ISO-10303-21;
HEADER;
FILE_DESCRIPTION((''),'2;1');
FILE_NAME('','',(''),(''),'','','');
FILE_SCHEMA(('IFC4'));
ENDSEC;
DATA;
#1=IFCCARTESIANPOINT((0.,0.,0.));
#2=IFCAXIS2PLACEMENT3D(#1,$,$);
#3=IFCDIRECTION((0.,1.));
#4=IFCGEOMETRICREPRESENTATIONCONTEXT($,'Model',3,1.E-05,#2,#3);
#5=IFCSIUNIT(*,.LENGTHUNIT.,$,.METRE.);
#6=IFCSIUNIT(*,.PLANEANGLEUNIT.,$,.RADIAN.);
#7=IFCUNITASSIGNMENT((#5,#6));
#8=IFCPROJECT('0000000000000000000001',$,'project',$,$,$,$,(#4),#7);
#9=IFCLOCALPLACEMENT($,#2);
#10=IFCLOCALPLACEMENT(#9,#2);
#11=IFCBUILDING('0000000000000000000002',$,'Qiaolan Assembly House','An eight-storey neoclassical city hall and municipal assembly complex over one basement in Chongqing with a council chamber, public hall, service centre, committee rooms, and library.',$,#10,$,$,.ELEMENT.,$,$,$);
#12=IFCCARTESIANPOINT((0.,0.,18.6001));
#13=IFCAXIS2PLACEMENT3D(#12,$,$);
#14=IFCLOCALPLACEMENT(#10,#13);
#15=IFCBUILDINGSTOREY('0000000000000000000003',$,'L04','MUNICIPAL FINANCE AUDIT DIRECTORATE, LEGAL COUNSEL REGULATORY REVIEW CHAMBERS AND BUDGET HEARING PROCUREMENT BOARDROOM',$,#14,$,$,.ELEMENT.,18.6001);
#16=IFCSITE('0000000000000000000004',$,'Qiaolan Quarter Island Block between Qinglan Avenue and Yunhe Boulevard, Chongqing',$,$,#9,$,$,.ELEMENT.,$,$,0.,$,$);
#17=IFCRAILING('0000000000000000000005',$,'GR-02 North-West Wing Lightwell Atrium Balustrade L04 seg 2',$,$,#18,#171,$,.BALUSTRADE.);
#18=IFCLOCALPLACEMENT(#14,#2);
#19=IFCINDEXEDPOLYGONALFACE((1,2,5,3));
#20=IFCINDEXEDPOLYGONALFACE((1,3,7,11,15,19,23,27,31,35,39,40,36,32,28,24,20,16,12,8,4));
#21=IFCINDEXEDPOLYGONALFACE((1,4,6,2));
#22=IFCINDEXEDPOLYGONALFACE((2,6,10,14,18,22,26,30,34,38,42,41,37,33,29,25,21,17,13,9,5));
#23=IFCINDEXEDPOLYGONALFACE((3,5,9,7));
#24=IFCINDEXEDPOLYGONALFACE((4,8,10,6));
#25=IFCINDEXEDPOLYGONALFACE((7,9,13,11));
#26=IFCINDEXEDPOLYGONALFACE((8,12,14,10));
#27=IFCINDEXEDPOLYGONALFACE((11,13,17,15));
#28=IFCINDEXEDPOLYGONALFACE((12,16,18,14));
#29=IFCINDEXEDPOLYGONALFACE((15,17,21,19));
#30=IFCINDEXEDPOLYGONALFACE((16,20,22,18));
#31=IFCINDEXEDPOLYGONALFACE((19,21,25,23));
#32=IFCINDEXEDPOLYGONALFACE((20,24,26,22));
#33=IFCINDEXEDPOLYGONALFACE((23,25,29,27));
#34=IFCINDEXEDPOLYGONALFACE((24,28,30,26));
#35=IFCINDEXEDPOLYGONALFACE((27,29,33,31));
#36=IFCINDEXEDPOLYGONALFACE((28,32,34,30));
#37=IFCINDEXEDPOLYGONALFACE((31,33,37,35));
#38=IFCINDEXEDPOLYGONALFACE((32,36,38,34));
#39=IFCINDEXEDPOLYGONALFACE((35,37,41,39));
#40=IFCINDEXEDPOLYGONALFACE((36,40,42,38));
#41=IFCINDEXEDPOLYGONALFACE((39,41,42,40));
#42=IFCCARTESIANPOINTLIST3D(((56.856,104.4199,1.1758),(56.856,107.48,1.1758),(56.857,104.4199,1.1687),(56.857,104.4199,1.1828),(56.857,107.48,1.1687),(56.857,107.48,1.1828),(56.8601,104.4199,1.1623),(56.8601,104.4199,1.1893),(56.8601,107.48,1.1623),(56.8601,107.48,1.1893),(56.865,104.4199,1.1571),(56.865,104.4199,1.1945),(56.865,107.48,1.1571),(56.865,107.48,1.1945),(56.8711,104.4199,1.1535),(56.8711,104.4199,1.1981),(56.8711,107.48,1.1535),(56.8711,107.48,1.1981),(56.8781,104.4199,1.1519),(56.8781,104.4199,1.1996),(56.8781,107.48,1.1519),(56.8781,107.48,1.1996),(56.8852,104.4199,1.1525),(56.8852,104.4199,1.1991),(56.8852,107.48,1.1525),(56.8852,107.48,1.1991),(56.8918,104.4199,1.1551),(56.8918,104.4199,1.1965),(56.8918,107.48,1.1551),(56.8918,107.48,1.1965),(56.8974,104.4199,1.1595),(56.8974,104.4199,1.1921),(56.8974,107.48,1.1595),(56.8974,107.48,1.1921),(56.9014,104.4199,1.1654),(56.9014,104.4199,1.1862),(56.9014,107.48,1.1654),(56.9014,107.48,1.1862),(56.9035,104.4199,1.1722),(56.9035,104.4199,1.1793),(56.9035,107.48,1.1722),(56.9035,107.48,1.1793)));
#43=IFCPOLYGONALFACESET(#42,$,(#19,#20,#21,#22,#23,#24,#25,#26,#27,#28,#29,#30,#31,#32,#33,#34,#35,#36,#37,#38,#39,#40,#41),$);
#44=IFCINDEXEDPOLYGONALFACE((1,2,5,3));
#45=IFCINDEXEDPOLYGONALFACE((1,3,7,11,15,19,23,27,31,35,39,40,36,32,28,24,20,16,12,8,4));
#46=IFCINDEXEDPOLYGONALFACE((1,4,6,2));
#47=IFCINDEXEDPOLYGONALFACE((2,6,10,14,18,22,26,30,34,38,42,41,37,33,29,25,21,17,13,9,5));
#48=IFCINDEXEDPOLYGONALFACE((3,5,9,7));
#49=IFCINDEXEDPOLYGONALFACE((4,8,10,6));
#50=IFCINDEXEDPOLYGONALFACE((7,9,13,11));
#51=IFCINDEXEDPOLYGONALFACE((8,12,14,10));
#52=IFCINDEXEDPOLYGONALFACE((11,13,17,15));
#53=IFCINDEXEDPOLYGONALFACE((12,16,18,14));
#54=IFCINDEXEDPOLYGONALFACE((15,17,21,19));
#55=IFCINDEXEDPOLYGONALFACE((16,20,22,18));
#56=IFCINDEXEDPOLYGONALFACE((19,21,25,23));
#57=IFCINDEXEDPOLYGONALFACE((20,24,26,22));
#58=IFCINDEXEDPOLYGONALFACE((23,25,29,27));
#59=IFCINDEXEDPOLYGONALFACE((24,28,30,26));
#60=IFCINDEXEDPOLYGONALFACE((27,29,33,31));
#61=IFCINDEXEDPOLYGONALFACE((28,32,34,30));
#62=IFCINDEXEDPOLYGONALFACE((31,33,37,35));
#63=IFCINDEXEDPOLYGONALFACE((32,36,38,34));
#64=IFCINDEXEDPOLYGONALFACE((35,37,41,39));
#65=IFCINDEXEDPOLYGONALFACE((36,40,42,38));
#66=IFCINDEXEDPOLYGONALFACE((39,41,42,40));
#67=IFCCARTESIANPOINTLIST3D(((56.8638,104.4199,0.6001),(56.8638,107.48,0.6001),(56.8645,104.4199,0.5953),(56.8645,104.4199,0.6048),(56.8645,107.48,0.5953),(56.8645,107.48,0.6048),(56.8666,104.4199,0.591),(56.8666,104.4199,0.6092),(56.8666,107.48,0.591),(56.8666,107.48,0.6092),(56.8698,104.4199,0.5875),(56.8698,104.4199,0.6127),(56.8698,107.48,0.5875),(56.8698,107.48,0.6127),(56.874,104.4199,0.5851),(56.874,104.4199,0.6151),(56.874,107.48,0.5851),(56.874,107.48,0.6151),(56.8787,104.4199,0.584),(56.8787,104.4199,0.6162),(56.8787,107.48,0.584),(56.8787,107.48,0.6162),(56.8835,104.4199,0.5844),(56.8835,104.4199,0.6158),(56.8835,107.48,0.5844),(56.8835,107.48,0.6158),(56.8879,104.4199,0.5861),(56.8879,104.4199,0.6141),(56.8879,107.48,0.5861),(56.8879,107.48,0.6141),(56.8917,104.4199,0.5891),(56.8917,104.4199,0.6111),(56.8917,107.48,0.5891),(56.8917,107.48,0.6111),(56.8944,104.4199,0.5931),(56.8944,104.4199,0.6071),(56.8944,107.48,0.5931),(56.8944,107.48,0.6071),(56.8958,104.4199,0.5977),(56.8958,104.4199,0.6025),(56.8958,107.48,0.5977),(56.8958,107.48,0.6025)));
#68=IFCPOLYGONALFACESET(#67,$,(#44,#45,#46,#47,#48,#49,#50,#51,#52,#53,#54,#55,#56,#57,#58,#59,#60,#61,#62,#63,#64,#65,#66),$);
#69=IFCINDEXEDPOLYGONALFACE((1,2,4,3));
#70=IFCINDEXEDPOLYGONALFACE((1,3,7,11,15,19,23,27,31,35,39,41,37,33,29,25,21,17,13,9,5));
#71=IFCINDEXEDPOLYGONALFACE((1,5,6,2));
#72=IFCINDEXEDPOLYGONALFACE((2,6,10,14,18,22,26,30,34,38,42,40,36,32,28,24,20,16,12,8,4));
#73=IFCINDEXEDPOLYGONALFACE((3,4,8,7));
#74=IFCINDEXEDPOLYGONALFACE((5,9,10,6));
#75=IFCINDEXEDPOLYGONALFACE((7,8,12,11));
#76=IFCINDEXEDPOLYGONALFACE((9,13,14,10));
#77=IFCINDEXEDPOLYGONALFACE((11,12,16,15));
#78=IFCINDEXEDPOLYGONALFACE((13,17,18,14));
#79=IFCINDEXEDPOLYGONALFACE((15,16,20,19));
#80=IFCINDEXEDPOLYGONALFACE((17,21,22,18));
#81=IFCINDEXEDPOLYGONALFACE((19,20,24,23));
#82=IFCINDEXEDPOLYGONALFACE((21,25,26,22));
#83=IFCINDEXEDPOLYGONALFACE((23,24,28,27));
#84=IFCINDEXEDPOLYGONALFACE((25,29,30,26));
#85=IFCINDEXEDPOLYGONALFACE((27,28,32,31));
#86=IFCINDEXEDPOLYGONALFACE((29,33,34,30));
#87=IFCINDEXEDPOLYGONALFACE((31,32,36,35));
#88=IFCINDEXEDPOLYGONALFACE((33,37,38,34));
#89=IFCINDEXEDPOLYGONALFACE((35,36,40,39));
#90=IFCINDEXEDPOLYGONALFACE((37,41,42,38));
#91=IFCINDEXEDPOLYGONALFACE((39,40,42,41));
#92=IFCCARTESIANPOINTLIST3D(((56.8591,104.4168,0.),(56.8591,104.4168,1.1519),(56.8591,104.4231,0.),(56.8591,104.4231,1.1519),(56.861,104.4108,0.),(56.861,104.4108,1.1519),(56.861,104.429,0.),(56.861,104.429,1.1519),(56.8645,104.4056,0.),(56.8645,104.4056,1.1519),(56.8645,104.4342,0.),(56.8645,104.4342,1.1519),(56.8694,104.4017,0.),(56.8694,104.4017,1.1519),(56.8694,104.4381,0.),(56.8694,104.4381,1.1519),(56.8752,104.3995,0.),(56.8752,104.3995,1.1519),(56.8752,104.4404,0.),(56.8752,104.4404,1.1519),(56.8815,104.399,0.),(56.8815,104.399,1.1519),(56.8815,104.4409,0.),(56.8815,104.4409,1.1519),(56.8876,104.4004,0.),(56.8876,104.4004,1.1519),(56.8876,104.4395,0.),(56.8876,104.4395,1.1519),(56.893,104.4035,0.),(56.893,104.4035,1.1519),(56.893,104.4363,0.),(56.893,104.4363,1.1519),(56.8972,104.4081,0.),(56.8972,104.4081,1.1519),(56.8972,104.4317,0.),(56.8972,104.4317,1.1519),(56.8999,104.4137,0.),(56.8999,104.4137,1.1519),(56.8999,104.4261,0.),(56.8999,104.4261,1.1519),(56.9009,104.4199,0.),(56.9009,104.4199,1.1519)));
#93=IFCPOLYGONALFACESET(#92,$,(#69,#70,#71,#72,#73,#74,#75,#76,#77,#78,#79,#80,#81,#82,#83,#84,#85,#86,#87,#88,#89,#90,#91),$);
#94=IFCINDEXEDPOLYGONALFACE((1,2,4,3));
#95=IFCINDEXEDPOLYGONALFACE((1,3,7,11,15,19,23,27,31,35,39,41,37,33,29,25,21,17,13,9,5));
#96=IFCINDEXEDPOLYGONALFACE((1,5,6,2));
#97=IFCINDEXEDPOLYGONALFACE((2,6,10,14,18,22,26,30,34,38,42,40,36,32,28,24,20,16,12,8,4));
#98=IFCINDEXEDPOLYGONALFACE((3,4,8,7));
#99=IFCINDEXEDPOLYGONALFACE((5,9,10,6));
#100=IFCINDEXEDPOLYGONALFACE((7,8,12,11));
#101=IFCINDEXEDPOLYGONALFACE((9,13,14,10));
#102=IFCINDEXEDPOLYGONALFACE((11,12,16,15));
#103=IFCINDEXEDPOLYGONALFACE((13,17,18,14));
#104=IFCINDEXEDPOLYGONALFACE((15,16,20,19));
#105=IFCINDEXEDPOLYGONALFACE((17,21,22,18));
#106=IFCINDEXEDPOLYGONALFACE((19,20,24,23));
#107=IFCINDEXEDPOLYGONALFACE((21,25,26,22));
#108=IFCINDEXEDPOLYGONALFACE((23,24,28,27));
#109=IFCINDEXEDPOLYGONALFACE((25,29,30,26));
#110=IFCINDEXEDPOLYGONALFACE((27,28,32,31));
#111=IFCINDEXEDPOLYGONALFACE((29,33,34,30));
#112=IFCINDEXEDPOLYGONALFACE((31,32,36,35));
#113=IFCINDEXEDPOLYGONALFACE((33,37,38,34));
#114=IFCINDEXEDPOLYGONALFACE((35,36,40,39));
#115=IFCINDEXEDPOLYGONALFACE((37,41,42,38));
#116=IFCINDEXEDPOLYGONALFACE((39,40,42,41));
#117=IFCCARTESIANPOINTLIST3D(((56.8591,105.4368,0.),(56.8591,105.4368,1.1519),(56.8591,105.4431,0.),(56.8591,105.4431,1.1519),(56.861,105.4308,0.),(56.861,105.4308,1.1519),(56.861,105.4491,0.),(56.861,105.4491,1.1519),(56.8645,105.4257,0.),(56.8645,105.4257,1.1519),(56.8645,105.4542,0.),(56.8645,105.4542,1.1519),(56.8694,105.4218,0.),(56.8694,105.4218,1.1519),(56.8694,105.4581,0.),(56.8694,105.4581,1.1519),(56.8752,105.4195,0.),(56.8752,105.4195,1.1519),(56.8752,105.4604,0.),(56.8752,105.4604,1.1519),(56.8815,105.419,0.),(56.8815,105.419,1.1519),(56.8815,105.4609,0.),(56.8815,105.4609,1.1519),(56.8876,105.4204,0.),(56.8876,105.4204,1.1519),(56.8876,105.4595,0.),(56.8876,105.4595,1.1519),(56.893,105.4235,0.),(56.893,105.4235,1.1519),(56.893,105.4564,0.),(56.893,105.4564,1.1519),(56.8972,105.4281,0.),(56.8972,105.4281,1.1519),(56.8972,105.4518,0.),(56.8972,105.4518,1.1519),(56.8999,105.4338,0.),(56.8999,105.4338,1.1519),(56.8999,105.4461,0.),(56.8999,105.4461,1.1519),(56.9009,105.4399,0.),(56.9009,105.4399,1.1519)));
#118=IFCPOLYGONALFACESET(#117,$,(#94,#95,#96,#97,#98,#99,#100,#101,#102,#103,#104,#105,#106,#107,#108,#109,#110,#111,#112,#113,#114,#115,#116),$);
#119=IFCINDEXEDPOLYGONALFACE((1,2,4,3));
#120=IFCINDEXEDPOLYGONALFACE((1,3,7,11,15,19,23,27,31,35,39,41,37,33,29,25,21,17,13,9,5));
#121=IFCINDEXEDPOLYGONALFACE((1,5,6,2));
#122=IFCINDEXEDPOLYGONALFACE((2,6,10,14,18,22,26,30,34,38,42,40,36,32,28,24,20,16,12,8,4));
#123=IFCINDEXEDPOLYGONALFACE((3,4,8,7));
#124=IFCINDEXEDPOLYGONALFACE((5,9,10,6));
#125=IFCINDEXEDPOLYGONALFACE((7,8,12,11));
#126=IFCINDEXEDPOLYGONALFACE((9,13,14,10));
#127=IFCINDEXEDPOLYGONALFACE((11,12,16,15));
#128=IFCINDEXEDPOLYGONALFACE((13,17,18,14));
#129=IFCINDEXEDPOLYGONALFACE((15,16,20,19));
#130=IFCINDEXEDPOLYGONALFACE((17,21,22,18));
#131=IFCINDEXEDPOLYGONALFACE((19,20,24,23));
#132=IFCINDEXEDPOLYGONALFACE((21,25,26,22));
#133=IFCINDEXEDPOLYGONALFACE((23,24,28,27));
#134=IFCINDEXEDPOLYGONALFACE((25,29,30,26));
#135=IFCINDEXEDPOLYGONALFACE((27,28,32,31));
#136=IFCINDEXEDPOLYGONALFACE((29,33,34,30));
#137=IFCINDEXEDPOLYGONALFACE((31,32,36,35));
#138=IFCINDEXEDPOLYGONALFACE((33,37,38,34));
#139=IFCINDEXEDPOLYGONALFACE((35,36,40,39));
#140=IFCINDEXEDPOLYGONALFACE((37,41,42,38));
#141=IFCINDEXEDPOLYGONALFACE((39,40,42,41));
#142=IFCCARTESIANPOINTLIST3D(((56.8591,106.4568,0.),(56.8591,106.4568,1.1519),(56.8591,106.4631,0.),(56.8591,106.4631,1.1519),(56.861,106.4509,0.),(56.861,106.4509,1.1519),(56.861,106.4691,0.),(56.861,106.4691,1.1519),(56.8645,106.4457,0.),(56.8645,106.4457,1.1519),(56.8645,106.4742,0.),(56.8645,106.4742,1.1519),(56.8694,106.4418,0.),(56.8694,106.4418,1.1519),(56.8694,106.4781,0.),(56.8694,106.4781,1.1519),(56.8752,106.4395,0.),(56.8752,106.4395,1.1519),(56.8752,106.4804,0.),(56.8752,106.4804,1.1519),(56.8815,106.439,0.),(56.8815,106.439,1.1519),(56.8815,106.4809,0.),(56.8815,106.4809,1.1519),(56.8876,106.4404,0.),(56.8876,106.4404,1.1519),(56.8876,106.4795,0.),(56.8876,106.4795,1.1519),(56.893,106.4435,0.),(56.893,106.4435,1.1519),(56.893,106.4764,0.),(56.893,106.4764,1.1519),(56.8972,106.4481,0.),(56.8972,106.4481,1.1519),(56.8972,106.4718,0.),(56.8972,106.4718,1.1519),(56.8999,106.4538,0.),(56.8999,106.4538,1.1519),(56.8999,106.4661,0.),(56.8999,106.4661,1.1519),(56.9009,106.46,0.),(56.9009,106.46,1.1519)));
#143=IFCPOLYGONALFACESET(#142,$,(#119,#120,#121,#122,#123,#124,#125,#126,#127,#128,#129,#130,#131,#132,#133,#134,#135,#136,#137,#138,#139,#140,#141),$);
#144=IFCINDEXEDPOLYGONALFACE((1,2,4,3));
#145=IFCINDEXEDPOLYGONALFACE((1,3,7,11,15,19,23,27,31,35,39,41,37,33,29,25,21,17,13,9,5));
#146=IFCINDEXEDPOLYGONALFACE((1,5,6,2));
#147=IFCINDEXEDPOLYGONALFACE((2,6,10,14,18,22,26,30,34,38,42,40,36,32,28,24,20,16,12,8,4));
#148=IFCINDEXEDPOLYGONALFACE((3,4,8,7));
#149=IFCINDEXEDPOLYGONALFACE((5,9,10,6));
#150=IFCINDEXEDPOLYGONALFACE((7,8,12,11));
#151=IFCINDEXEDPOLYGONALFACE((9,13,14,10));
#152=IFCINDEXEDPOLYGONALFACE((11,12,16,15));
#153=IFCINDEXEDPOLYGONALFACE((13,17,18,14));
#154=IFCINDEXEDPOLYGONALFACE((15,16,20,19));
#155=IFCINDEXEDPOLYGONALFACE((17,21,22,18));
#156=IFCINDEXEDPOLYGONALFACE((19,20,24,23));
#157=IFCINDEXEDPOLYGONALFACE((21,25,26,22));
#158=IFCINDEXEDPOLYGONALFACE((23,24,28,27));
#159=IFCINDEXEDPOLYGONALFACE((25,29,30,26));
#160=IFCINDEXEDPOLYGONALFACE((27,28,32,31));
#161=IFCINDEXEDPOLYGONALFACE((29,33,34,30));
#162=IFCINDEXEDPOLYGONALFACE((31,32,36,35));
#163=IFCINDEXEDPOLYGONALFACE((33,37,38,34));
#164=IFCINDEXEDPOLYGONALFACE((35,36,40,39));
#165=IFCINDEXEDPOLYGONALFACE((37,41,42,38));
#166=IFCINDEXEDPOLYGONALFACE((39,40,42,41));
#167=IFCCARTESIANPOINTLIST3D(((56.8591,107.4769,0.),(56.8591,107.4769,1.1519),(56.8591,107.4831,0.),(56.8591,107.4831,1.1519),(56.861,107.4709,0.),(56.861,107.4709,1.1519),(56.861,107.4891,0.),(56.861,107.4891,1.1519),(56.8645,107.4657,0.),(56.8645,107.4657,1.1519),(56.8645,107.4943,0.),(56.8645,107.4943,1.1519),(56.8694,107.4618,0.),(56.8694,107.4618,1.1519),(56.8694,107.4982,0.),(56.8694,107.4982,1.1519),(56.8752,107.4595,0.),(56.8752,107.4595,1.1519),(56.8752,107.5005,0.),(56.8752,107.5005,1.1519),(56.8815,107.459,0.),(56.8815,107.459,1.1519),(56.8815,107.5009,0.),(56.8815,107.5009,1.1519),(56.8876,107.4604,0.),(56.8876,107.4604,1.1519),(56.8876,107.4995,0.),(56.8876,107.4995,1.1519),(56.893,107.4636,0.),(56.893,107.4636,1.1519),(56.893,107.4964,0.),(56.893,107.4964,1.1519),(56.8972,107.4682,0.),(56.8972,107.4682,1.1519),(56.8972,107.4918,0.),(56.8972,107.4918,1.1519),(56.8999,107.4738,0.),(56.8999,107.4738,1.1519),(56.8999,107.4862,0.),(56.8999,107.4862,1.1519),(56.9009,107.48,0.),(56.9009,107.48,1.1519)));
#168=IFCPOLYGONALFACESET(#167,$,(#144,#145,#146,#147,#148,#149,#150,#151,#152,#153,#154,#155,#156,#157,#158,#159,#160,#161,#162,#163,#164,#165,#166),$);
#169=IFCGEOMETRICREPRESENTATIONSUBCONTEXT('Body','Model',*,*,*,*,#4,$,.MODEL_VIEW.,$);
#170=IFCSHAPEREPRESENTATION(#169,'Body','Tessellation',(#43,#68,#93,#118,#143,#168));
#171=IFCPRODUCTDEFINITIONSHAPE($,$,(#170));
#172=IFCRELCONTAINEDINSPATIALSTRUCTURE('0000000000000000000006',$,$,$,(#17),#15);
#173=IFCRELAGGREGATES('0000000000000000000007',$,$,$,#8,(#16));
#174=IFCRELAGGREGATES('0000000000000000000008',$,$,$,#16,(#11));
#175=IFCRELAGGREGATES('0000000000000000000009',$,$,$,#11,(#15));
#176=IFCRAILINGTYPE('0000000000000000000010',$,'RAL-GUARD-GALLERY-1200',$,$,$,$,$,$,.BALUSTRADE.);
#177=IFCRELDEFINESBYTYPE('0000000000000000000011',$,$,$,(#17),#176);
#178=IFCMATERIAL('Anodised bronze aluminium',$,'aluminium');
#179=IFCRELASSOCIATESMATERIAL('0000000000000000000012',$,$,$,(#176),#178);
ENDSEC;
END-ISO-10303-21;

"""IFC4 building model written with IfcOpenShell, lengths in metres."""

from ifc_helpers import new_model, si_unit, direction, frame, origin, origin_2d, place, context, subcontext, project, spatial, circle, extrude, material, type_object, element, save


model = new_model("IFC4")

# Units and contexts
model_context = context("Model", 3, precision=1e-05, world=origin(), true_north=direction((0.0, 1.0)))
body_context = subcontext(model_context, "Body", "Model", "MODEL_VIEW")
ifc_project = project(units=[si_unit("LENGTHUNIT", "METRE"), si_unit("PLANEANGLEUNIT", "RADIAN")], contexts=[model_context])

# Site, building, storey
site_placement = place(None, origin())
site = spatial("IfcSite", under=ifc_project, at=site_placement, Name="Qiaolan Quarter Island Block between Qinglan Avenue and Yunhe Boulevard, Chongqing", CompositionType="ELEMENT", RefElevation=0.0)
building_placement = place(site_placement, origin())
building = spatial("IfcBuilding", under=site, at=building_placement, Name="Qiaolan Assembly House", Description="An eight-storey neoclassical city hall and municipal assembly complex over one basement in Chongqing with a council chamber, public hall, service centre, committee rooms, and library.", CompositionType="ELEMENT")
storey_placement = place(building_placement, frame((0.0, 0.0, 18.6001)))
storey = spatial("IfcBuildingStorey", under=building, at=storey_placement, Name="L04", Description="MUNICIPAL FINANCE AUDIT DIRECTORATE, LEGAL COUNSEL REGULATORY REVIEW CHAMBERS AND BUDGET HEARING PROCUREMENT BOARDROOM", CompositionType="ELEMENT", Elevation=18.6001)

# Railing
ifc_material_1 = material(Name="Anodised bronze aluminium", Category="aluminium")
railing_type = type_object("IfcRailingType", Name="RAL-GUARD-GALLERY-1200", PredefinedType="BALUSTRADE", material=ifc_material_1)
railing_1_placement = place(storey_placement, frame((56.8799, 104.4199, 0.0)))
element("IfcRailing", 1, at=railing_1_placement, inside=storey, type_object=railing_type, Name="GR-02 North-West Wing Lightwell Atrium Balustrade L04 seg 2", PredefinedType="BALUSTRADE", context=body_context, shape_type="SweptSolid", body=[
    extrude(circle(Radius=0.0239, at=origin_2d()), frame((0.0, 0.0, 1.1758), z_axis=(0.0, 1.0, 0.0), x_axis=(-1.0, 0.0, 0.0)), (0.0, 0.0, 1.0), 3.0601),
    extrude(circle(Radius=0.0161, at=origin_2d()), frame((0.0, 0.0, 0.6001), z_axis=(0.0, 1.0, 0.0), x_axis=(-1.0, 0.0, 0.0)), (0.0, 0.0, 1.0), 3.0601),
    extrude(circle(Radius=0.021, at=origin_2d()), origin(), (0.0, 0.0, 1.0), 1.1519),
    extrude(circle(Radius=0.021, at=origin_2d()), frame((0.0, 1.02, 0.0)), (0.0, 0.0, 1.0), 1.1519),
    extrude(circle(Radius=0.021, at=origin_2d()), frame((0.0, 2.04, 0.0)), (0.0, 0.0, 1.0), 1.1519),
    extrude(circle(Radius=0.021, at=origin_2d()), frame((0.0, 3.0601, 0.0)), (0.0, 0.0, 1.0), 1.1519),
])

save(model, "model.ifc")
